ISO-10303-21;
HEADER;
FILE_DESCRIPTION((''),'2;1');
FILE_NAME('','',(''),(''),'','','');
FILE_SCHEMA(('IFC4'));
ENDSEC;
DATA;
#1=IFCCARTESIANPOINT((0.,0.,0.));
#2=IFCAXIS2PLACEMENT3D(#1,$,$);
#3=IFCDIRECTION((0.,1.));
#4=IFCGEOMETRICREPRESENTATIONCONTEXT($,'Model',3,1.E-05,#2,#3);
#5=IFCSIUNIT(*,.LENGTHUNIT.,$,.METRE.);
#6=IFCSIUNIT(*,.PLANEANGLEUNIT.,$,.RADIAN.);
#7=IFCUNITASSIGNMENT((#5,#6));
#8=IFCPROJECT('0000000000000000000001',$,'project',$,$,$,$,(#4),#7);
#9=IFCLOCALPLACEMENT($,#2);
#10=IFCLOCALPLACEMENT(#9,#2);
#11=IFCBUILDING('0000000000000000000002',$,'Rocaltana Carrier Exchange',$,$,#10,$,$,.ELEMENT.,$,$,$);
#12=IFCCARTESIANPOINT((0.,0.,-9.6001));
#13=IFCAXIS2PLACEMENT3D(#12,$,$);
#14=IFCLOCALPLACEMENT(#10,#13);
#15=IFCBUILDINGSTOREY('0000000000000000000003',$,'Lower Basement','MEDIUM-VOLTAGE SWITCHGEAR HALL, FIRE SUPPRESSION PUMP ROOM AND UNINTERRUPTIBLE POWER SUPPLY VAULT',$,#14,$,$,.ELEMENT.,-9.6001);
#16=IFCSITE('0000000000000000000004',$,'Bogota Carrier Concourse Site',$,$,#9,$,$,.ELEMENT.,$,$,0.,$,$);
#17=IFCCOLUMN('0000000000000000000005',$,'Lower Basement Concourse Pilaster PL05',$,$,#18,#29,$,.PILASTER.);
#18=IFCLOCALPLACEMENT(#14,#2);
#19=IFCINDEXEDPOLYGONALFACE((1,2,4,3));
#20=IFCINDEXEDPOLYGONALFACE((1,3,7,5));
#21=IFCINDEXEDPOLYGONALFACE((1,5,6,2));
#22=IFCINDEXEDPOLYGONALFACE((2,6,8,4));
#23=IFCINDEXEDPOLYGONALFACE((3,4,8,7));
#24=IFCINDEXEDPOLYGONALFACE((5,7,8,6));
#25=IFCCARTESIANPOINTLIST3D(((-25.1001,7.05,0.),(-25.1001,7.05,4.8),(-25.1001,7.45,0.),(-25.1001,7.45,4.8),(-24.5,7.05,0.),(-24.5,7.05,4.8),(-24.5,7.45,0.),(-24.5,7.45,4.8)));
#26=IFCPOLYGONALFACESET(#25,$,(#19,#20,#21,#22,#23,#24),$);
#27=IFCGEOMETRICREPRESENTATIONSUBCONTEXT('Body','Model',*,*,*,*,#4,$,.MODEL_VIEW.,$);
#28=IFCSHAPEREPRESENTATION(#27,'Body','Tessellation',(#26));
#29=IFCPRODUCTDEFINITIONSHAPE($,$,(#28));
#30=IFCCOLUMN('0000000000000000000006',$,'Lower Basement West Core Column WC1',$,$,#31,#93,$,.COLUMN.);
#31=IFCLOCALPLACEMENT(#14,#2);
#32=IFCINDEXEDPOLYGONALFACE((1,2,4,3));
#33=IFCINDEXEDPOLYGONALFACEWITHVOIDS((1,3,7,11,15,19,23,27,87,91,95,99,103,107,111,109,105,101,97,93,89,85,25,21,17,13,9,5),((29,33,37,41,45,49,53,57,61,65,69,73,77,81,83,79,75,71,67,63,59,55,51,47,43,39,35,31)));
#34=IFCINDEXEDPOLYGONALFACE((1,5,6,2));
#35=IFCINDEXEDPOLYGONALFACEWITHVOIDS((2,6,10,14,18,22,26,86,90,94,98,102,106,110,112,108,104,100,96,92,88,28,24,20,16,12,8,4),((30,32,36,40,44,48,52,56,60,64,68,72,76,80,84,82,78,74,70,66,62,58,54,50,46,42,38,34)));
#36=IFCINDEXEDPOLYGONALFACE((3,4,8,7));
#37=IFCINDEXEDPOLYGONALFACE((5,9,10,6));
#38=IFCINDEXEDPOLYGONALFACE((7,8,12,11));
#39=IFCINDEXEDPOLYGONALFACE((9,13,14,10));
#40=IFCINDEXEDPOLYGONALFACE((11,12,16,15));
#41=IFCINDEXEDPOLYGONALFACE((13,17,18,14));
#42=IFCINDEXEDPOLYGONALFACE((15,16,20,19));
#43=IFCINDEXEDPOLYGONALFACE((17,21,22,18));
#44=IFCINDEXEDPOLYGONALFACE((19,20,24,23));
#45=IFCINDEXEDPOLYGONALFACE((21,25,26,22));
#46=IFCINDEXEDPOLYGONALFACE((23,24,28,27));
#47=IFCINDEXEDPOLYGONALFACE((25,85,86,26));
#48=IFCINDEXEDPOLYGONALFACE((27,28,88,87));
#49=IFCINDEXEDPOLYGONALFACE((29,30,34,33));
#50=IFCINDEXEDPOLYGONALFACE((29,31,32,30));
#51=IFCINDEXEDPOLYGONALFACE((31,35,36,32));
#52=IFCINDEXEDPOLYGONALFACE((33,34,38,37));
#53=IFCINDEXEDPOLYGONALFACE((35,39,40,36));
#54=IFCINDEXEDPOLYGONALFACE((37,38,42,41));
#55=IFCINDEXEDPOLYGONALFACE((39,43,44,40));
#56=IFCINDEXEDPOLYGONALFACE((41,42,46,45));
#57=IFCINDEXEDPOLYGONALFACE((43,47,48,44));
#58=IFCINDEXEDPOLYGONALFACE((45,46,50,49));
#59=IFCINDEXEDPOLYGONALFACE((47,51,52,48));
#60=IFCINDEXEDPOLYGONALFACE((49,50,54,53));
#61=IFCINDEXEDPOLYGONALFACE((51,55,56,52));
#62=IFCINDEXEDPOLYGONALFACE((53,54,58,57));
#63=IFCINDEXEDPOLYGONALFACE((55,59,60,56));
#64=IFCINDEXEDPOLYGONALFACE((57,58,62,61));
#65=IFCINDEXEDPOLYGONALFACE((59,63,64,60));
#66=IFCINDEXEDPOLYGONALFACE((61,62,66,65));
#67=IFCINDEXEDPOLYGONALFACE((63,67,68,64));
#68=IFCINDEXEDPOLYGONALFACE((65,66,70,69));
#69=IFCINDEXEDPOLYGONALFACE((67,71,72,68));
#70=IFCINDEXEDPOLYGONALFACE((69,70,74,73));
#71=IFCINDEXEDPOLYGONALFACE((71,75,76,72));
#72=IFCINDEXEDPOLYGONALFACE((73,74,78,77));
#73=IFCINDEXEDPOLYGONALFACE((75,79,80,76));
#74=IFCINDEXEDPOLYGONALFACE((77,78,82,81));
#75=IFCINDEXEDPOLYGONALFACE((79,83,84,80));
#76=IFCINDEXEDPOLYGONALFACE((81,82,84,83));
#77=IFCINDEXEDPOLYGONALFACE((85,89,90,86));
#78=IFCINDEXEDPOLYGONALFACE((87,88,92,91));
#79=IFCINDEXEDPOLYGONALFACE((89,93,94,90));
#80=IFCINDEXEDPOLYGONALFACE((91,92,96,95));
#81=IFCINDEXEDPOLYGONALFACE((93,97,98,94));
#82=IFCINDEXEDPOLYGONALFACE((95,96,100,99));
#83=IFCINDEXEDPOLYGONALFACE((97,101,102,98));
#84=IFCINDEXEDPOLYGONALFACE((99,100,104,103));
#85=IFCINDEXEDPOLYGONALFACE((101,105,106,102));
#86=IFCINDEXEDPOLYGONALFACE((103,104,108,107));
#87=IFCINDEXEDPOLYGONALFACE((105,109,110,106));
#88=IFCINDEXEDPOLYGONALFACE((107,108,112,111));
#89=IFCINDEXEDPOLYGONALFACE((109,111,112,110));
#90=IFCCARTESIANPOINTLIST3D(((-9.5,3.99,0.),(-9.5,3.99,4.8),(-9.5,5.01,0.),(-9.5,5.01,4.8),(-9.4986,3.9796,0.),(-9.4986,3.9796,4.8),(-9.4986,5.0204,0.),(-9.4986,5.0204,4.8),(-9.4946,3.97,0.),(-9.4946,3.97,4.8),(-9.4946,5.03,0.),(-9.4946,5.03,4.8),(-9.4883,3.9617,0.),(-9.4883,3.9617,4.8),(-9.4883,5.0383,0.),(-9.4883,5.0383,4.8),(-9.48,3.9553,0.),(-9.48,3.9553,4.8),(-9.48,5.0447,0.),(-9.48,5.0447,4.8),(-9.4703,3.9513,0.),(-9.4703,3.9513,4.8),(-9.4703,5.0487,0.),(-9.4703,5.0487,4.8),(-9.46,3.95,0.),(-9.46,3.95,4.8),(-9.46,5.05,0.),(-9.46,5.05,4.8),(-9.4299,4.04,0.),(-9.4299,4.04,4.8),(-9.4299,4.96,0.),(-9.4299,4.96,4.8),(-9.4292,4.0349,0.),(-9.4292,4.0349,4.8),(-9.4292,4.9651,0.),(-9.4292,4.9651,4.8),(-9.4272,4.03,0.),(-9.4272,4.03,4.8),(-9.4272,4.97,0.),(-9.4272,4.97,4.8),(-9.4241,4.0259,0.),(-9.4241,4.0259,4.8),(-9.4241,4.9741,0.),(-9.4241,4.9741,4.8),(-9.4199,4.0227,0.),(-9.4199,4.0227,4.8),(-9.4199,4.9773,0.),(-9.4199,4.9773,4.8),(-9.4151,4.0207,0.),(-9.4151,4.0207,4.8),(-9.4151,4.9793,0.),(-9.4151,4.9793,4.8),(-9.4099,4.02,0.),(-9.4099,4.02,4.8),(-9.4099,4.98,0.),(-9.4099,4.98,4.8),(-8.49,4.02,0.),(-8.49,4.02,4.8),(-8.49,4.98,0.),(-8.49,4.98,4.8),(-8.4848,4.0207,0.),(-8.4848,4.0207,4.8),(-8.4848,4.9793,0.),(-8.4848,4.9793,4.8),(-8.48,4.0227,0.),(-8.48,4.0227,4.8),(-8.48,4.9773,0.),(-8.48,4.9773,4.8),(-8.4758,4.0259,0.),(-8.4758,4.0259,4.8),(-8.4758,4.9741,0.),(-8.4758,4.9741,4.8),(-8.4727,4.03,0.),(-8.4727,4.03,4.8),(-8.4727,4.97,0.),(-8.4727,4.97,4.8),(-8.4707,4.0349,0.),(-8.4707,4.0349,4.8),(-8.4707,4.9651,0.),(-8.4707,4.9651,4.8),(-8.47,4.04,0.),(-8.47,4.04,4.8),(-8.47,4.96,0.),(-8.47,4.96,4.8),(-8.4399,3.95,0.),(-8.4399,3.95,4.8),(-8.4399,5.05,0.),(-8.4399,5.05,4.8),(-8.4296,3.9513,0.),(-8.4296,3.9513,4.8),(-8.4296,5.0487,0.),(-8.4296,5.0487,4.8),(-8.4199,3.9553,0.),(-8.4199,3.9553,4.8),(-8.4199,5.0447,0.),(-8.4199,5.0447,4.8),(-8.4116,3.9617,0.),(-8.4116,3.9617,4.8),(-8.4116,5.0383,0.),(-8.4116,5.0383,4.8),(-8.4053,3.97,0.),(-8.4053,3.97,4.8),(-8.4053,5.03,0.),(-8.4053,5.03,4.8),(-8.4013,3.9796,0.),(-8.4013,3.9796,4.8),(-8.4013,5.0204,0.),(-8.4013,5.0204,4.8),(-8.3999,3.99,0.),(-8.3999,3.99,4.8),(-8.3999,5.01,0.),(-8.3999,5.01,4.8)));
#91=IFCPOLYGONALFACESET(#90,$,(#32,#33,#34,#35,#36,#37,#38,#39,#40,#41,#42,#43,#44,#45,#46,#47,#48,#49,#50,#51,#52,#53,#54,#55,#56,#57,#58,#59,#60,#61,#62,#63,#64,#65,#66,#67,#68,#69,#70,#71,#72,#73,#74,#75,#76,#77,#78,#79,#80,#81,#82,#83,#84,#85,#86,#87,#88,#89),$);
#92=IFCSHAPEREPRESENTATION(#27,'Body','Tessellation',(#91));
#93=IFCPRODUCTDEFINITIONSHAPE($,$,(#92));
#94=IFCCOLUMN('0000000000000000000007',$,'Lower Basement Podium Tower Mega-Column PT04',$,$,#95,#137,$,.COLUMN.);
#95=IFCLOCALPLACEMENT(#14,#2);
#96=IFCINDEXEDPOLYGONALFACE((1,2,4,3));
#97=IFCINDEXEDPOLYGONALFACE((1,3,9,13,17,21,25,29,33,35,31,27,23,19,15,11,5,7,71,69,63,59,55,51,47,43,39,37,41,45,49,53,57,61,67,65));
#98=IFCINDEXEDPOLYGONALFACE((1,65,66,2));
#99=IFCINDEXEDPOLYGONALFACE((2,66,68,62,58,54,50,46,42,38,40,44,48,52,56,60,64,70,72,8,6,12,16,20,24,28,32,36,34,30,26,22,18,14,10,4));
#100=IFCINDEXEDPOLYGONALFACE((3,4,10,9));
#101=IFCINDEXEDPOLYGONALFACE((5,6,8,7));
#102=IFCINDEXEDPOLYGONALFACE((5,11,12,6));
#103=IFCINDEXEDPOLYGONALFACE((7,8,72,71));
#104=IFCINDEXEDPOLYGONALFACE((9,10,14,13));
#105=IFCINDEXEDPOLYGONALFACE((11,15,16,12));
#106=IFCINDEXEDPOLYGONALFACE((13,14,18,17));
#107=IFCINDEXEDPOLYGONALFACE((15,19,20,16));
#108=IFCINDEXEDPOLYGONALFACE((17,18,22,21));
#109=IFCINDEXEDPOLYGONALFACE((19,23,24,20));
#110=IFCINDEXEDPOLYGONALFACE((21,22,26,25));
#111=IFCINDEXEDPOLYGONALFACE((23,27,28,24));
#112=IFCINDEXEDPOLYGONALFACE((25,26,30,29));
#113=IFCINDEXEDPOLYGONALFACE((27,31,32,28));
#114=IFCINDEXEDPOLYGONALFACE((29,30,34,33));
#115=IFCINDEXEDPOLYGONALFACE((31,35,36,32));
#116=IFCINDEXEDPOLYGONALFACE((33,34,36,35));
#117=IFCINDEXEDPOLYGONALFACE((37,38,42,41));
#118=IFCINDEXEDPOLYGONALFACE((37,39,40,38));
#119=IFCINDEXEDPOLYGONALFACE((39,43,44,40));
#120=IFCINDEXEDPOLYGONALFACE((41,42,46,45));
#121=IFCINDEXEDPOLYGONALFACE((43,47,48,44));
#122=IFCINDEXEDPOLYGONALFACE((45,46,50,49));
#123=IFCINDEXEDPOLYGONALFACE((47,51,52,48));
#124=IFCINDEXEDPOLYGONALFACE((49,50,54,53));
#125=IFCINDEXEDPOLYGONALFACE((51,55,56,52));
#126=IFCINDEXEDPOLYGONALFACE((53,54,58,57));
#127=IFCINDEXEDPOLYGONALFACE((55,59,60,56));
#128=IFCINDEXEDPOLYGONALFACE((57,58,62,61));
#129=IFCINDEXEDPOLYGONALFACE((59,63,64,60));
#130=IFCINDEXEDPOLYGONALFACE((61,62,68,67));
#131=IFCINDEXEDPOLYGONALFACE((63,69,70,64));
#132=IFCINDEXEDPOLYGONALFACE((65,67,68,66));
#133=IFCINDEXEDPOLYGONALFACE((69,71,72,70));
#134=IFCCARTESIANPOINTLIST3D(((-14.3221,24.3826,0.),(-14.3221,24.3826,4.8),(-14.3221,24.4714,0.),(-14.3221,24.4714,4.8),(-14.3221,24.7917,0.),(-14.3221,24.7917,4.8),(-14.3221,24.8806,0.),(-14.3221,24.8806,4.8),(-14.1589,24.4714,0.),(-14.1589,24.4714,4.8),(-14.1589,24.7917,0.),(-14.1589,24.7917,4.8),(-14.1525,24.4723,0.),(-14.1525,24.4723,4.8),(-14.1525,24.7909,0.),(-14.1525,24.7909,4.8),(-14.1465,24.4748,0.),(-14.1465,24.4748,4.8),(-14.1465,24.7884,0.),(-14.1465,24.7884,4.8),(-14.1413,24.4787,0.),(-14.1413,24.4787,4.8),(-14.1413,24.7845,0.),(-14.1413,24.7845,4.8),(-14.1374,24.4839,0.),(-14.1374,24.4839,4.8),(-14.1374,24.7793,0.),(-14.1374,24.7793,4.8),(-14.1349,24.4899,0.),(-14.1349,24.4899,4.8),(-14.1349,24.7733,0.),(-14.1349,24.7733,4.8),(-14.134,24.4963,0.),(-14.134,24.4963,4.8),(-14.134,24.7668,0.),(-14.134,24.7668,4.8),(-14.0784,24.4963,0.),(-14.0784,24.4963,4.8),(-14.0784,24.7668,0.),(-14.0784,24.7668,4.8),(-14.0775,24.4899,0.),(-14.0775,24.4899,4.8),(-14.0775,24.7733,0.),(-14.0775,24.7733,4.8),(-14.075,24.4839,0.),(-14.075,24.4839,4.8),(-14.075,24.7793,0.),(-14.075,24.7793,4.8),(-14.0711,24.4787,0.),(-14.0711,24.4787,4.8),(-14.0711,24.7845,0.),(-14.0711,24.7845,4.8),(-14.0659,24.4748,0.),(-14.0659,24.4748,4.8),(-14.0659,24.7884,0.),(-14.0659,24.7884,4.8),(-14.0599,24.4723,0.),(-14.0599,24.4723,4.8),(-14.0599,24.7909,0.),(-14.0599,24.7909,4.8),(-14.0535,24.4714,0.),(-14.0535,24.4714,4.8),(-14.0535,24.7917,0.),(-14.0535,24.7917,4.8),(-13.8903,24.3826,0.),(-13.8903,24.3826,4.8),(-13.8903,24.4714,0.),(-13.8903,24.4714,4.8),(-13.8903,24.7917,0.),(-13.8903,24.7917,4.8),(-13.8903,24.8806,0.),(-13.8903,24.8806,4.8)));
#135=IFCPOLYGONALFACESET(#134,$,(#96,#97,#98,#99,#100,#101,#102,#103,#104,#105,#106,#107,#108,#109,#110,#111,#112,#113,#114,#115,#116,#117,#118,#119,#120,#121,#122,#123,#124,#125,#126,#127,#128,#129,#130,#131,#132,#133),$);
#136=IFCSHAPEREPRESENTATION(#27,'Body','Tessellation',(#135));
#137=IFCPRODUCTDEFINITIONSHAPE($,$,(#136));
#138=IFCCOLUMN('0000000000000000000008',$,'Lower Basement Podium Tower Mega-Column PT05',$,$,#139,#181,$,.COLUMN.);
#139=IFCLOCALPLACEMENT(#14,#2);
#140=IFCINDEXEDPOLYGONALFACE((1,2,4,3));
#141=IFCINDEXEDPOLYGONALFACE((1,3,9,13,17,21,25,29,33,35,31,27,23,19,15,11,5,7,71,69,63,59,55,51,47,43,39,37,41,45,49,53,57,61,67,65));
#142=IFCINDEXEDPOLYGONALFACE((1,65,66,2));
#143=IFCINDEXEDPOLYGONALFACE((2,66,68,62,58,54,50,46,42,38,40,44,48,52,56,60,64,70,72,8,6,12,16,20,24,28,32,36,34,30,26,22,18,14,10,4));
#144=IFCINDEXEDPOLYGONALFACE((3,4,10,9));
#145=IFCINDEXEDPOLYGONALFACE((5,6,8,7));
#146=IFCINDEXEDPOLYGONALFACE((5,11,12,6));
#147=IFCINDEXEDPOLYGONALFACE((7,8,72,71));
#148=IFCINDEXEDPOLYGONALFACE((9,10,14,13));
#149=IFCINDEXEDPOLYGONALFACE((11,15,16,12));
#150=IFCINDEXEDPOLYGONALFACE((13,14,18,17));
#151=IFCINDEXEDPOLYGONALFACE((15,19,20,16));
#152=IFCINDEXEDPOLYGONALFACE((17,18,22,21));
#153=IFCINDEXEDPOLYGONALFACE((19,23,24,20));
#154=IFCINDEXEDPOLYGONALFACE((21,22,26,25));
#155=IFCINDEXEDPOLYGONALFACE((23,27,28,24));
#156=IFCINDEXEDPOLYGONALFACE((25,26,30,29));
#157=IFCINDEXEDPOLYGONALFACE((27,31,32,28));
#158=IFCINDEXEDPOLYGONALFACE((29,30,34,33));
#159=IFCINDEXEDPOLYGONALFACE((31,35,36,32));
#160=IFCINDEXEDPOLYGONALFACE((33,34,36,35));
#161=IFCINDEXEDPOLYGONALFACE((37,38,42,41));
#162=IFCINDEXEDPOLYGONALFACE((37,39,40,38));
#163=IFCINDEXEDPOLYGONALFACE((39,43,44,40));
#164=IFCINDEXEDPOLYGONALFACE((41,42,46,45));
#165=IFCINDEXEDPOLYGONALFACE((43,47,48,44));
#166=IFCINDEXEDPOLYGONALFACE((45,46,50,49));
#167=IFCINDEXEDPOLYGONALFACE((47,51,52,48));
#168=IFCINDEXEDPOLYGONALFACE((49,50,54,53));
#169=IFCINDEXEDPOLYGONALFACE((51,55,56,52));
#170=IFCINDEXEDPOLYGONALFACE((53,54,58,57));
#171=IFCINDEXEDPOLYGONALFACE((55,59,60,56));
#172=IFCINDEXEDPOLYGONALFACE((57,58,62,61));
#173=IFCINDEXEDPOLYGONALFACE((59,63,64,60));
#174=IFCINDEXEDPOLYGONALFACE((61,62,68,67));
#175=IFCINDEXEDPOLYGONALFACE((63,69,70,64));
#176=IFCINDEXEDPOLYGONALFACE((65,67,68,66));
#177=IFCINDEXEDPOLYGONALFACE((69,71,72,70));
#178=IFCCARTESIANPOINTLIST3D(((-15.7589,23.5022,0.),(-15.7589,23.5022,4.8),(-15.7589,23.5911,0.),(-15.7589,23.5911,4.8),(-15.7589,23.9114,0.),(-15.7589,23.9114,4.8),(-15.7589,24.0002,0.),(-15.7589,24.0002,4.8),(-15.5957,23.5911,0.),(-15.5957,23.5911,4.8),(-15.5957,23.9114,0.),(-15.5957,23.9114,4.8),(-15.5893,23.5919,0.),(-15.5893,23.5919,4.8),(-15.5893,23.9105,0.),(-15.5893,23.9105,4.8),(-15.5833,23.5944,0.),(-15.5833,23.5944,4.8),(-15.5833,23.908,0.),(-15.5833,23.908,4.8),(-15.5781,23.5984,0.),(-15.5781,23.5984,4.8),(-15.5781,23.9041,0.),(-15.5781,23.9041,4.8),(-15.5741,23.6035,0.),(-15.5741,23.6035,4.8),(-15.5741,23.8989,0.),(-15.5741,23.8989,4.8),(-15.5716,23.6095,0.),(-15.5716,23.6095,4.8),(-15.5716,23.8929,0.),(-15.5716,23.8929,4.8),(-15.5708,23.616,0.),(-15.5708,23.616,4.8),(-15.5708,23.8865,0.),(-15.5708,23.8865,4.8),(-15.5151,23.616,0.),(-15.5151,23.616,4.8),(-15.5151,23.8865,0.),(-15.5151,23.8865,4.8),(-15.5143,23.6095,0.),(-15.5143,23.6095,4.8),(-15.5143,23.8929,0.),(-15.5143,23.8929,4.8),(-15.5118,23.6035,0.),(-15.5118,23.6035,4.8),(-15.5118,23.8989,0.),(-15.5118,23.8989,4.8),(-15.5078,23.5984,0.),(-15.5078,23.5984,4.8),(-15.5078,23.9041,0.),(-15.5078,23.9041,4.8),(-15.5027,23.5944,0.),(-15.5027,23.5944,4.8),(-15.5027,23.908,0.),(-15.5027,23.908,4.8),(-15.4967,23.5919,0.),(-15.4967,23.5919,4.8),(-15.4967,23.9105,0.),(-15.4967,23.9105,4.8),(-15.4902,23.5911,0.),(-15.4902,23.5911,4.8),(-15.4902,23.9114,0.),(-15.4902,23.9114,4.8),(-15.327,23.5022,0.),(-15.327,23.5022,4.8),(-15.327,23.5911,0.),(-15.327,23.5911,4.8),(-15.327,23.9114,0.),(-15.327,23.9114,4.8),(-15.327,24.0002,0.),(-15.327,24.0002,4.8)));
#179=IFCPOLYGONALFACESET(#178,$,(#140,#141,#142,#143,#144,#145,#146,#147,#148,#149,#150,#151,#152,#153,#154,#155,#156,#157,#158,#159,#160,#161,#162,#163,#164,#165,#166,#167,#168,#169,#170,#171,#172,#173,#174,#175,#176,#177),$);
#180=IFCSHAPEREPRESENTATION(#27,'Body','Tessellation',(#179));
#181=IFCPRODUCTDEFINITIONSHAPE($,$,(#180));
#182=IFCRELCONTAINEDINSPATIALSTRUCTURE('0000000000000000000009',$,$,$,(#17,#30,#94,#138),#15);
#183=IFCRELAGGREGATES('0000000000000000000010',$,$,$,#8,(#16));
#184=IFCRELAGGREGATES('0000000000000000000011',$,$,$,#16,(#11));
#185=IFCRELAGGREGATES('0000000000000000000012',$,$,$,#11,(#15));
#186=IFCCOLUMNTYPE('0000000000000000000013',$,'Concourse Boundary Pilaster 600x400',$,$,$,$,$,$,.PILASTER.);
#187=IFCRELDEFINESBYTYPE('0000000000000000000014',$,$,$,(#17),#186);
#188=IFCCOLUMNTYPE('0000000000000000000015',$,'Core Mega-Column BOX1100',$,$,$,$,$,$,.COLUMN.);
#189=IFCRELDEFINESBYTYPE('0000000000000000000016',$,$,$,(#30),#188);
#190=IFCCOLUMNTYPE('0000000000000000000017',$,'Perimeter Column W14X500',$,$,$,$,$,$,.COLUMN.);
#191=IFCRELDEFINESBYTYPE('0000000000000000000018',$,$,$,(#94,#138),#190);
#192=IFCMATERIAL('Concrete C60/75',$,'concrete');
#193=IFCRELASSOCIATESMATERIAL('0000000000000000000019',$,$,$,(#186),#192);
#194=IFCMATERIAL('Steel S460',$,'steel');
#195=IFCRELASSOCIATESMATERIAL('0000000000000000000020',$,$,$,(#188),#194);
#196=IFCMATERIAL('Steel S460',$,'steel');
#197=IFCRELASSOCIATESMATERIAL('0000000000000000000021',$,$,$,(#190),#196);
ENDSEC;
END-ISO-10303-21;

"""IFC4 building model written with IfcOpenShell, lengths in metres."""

from ifc_helpers import new_model, si_unit, direction, frame, origin, origin_2d, place, context, subcontext, project, spatial, rectangle, hollow_rectangle, i_section, extrude, material, material_profile, profile_set, type_object, element, save


model = new_model("IFC4")

# Units and contexts
model_context = context("Model", 3, precision=1e-05, world=origin(), true_north=direction((0.0, 1.0)))
body_context = subcontext(model_context, "Body", "Model", "MODEL_VIEW")
ifc_project = project(units=[si_unit("LENGTHUNIT", "METRE"), si_unit("PLANEANGLEUNIT", "RADIAN")], contexts=[model_context])

# Site, building, storey
site_placement = place(None, origin())
site = spatial("IfcSite", under=ifc_project, at=site_placement, Name="Bogota Carrier Concourse Site", CompositionType="ELEMENT", RefElevation=0.0)
building_placement = place(site_placement, origin())
building = spatial("IfcBuilding", under=site, at=building_placement, Name="Rocaltana Carrier Exchange", CompositionType="ELEMENT")
storey_placement = place(building_placement, frame((0.0, 0.0, -9.6001)))
storey = spatial("IfcBuildingStorey", under=building, at=storey_placement, Name="Lower Basement", Description="MEDIUM-VOLTAGE SWITCHGEAR HALL, FIRE SUPPRESSION PUMP ROOM AND UNINTERRUPTIBLE POWER SUPPLY VAULT", CompositionType="ELEMENT", Elevation=-9.6001)

# Columns
ifc_material_1 = material(Name="Concrete C60/75", Category="concrete")
ifc_material_profile_1 = material_profile(ifc_material_1, rectangle(XDim=0.6001, YDim=0.3999, at=origin_2d()), Name="RC-PIL-600X400")
ifc_profile_set_1 = profile_set([ifc_material_profile_1], Name="Concrete C60/75")
column_type_1 = type_object("IfcColumnType", Name="Concourse Boundary Pilaster 600x400", PredefinedType="PILASTER", material=ifc_profile_set_1)
for number, where, z_axis, x_axis, name in (
    (1, (-24.8, 7.25, 0.0), (0.0, 0.0, 1.0), (1.0, 0.0, 0.0), "Lower Basement Concourse Pilaster PL05"),
):
    element("IfcColumn", number, at=place(storey_placement, frame(where, z_axis=z_axis, x_axis=x_axis)), inside=storey, type_object=column_type_1, Name=name, PredefinedType="PILASTER", context=body_context, shape_type="SweptSolid", body=[
        extrude(rectangle(XDim=0.6001, YDim=0.3999, at=origin_2d()), origin(), (0.0, 0.0, 1.0), 4.8),
    ])
ifc_material_2 = material(Name="Steel S460", Category="steel")
ifc_material_profile_2 = material_profile(ifc_material_2, hollow_rectangle(XDim=1.1001, YDim=1.1001, WallThickness=0.0701, InnerFilletRadius=0.02, OuterFilletRadius=0.04, at=origin_2d()), Name="BOX1100X1100X70")
ifc_profile_set_2 = profile_set([ifc_material_profile_2], Name="Steel S460")
column_type_2 = type_object("IfcColumnType", Name="Core Mega-Column BOX1100", PredefinedType="COLUMN", material=ifc_profile_set_2)
column_1_placement = place(storey_placement, frame((-8.95, 4.5, 0.0), z_axis=(0.0, 0.0, 1.0), x_axis=(1.0, 0.0, 0.0)))
element("IfcColumn", 2, at=column_1_placement, inside=storey, type_object=column_type_2, Name="Lower Basement West Core Column WC1", PredefinedType="COLUMN", context=body_context, shape_type="SweptSolid", body=[
    extrude(hollow_rectangle(XDim=1.1001, YDim=1.1001, WallThickness=0.0701, InnerFilletRadius=0.02, OuterFilletRadius=0.04, at=origin_2d()), origin(), (0.0, 0.0, 1.0), 4.8),
])
ifc_material_3 = material(Name="Steel S460", Category="steel")
ifc_material_profile_3 = material_profile(ifc_material_3, i_section(OverallWidth=0.4319, OverallDepth=0.498, WebThickness=0.0557, FlangeThickness=0.0889, FilletRadius=0.0249, at=origin_2d()), Name="W14X500")
ifc_profile_set_3 = profile_set([ifc_material_profile_3], Name="Steel S460")
column_type_3 = type_object("IfcColumnType", Name="Perimeter Column W14X500", PredefinedType="COLUMN", material=ifc_profile_set_3)
for number, where, z_axis, x_axis, name in (
    (3, (-14.1062, 24.6316, 0.0), (0.0, 0.0, 1.0), (1.0, 0.0, 0.0), "Lower Basement Podium Tower Mega-Column PT04"),
    (4, (-15.543, 23.7512, 0.0), (0.0, 0.0, 1.0), (1.0, 0.0, 0.0), "Lower Basement Podium Tower Mega-Column PT05"),
):
    element("IfcColumn", number, at=place(storey_placement, frame(where, z_axis=z_axis, x_axis=x_axis)), inside=storey, type_object=column_type_3, Name=name, PredefinedType="COLUMN", context=body_context, shape_type="SweptSolid", body=[
        extrude(i_section(OverallWidth=0.4319, OverallDepth=0.498, WebThickness=0.0557, FlangeThickness=0.0889, FilletRadius=0.0249, at=origin_2d()), origin(), (0.0, 0.0, 1.0), 4.8),
    ])

save(model, "model.ifc")
